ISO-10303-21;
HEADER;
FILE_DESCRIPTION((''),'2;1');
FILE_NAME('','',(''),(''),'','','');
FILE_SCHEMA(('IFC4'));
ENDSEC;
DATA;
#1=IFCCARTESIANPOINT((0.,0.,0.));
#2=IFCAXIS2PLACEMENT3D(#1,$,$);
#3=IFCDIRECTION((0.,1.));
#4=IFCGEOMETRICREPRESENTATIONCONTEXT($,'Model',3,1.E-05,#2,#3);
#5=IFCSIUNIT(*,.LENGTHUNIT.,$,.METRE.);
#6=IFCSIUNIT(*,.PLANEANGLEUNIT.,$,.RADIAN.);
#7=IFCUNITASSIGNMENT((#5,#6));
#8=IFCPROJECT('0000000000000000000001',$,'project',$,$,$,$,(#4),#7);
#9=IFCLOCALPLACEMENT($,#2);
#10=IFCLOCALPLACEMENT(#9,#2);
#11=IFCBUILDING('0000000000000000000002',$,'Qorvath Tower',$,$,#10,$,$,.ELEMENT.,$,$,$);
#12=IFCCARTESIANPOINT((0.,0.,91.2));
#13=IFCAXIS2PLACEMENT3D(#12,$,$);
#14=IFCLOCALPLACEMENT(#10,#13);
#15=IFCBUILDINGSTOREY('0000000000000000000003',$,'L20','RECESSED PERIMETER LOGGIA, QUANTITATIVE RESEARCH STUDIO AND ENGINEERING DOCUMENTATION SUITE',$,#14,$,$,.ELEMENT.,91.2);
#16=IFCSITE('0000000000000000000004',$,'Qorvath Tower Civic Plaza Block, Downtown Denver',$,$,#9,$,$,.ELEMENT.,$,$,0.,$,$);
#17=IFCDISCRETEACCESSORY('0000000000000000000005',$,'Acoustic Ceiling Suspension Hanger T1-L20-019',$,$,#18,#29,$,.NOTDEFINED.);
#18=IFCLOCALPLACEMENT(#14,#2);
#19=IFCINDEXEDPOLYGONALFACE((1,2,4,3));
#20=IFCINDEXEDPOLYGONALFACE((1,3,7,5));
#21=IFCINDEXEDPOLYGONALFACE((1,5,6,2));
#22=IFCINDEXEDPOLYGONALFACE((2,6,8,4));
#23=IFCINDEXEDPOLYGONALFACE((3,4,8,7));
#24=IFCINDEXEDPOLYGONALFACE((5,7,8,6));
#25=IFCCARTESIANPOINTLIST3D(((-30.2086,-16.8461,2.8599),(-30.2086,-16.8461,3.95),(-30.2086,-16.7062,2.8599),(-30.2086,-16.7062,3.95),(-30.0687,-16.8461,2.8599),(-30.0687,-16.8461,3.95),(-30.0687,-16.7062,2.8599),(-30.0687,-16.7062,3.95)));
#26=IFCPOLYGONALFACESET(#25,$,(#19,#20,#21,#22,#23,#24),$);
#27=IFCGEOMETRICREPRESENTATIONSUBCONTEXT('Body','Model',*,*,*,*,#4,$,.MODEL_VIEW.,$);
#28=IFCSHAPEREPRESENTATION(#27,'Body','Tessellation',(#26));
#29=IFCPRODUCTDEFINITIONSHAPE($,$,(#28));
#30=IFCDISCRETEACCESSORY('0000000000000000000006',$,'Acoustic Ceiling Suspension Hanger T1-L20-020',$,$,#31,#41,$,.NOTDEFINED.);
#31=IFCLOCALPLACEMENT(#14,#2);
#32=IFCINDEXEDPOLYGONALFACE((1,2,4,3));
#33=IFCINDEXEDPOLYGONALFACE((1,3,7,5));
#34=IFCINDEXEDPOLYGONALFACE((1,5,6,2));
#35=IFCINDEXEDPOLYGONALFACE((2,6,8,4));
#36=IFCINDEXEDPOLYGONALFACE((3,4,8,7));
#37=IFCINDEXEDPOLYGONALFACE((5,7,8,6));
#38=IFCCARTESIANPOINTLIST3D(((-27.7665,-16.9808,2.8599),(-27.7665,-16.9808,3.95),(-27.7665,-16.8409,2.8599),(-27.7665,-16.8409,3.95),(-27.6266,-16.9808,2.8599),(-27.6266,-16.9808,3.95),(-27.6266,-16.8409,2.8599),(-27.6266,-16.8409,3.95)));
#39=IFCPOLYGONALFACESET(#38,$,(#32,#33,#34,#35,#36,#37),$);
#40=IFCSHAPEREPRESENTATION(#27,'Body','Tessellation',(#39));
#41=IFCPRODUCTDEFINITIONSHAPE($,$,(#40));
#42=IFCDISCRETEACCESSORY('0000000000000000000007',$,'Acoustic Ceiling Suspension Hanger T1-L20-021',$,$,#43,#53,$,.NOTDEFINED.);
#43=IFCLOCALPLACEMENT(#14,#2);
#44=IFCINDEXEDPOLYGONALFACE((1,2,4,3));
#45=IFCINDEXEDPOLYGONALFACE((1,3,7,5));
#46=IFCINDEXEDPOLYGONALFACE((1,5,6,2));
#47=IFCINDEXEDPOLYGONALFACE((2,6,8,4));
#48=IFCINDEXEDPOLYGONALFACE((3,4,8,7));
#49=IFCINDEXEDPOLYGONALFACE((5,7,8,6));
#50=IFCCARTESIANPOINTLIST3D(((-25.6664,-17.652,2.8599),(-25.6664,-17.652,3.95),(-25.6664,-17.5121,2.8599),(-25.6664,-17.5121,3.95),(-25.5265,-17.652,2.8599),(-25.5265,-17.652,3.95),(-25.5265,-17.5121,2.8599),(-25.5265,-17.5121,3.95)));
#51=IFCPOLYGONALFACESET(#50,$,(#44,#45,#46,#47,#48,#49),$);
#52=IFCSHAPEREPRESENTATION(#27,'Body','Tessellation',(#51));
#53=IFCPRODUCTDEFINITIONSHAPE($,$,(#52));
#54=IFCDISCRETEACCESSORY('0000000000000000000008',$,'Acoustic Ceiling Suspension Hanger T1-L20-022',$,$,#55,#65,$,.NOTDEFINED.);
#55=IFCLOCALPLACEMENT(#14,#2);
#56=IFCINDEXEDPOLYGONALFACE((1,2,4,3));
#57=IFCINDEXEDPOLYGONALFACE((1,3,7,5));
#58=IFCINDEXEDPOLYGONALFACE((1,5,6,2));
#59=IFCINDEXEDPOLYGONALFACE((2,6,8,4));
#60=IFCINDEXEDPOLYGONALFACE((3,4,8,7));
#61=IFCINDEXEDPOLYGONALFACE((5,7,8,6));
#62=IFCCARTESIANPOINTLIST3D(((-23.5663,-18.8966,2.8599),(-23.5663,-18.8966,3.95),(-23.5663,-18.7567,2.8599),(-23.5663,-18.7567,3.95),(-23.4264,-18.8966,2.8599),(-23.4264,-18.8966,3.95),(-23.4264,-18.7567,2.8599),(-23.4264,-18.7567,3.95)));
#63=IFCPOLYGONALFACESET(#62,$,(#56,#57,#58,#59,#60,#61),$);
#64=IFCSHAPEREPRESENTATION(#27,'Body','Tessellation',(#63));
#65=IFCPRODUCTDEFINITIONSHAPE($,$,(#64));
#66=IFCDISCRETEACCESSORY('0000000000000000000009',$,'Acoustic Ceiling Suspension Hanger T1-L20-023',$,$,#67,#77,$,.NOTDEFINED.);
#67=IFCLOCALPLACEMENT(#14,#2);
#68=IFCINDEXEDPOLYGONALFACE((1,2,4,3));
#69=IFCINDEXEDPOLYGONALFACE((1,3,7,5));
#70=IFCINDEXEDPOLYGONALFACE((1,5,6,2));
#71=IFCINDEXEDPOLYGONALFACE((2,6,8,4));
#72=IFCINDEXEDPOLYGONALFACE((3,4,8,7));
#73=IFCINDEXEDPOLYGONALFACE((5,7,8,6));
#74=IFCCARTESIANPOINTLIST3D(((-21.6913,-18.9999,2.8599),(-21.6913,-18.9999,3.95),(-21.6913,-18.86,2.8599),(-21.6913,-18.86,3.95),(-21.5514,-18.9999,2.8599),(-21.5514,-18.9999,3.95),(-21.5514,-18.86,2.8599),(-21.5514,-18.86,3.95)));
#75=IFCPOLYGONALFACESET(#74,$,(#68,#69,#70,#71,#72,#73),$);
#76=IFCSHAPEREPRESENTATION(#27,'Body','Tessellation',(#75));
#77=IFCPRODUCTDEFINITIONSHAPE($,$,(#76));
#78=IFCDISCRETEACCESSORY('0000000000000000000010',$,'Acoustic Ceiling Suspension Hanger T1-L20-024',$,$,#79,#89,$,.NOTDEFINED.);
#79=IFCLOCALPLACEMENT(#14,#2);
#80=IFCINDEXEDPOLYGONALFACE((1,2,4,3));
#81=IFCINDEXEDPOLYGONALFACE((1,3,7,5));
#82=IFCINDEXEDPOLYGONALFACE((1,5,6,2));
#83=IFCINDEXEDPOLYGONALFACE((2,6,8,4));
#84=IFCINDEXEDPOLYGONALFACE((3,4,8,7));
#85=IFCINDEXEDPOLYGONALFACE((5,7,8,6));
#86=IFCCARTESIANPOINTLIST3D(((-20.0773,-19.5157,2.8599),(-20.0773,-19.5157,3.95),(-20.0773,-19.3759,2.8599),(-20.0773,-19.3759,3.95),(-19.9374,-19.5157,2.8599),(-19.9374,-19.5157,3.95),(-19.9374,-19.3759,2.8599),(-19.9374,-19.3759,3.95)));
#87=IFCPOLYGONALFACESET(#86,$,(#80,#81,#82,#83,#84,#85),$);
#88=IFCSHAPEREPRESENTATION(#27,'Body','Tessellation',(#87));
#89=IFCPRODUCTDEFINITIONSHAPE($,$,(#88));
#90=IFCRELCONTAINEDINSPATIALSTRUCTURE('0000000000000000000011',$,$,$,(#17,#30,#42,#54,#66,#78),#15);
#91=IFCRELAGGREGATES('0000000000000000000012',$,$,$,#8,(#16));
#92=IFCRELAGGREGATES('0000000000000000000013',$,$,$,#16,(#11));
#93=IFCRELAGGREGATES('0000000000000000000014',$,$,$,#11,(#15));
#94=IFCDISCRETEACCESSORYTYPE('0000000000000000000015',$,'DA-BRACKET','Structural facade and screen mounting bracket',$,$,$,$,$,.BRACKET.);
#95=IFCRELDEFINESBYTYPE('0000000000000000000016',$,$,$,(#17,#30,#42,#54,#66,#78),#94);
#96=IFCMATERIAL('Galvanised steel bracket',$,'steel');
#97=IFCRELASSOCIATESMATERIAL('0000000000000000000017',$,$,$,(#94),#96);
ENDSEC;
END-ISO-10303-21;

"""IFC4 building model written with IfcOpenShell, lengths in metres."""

from ifc_helpers import new_model, si_unit, direction, frame, origin, origin_2d, place, context, subcontext, project, spatial, rectangle, extrude, material, type_object, element, save


model = new_model("IFC4")

# Units and contexts
model_context = context("Model", 3, precision=1e-05, world=origin(), true_north=direction((0.0, 1.0)))
body_context = subcontext(model_context, "Body", "Model", "MODEL_VIEW")
ifc_project = project(units=[si_unit("LENGTHUNIT", "METRE"), si_unit("PLANEANGLEUNIT", "RADIAN")], contexts=[model_context])

# Site, building, storey
site_placement = place(None, origin())
site = spatial("IfcSite", under=ifc_project, at=site_placement, Name="Qorvath Tower Civic Plaza Block, Downtown Denver", CompositionType="ELEMENT", RefElevation=0.0)
building_placement = place(site_placement, origin())
building = spatial("IfcBuilding", under=site, at=building_placement, Name="Qorvath Tower", CompositionType="ELEMENT")
storey_placement = place(building_placement, frame((0.0, 0.0, 91.2)))
storey = spatial("IfcBuildingStorey", under=building, at=storey_placement, Name="L20", Description="RECESSED PERIMETER LOGGIA, QUANTITATIVE RESEARCH STUDIO AND ENGINEERING DOCUMENTATION SUITE", CompositionType="ELEMENT", Elevation=91.2)

# Discrete accessories
ifc_material_1 = material(Name="Galvanised steel bracket", Category="steel")
discrete_accessory_type = type_object("IfcDiscreteAccessoryType", Name="DA-BRACKET", Description="Structural facade and screen mounting bracket", PredefinedType="BRACKET", material=ifc_material_1)
for number, where, z_axis, x_axis, name in (
    (1, (-30.1387, -16.7761, 2.8599), (0.0, 0.0, 1.0), (1.0, 0.0, 0.0), "Acoustic Ceiling Suspension Hanger T1-L20-019"),
    (2, (-27.6965, -16.9109, 2.8599), (0.0, 0.0, 1.0), (1.0, 0.0, 0.0), "Acoustic Ceiling Suspension Hanger T1-L20-020"),
    (3, (-25.5964, -17.582, 2.8599), (0.0, 0.0, 1.0), (1.0, 0.0, 0.0), "Acoustic Ceiling Suspension Hanger T1-L20-021"),
    (4, (-23.4963, -18.8267, 2.8599), (0.0, 0.0, 1.0), (1.0, 0.0, 0.0), "Acoustic Ceiling Suspension Hanger T1-L20-022"),
    (5, (-21.6213, -18.9299, 2.8599), (0.0, 0.0, 1.0), (1.0, 0.0, 0.0), "Acoustic Ceiling Suspension Hanger T1-L20-023"),
    (6, (-20.0073, -19.4458, 2.8599), (0.0, 0.0, 1.0), (1.0, 0.0, 0.0), "Acoustic Ceiling Suspension Hanger T1-L20-024"),
):
    element("IfcDiscreteAccessory", number, at=place(storey_placement, frame(where, z_axis=z_axis, x_axis=x_axis)), inside=storey, type_object=discrete_accessory_type, Name=name, PredefinedType="NOTDEFINED", context=body_context, shape_type="SweptSolid", body=[
        extrude(rectangle(XDim=0.1399, YDim=0.1399, at=origin_2d()), origin(), (0.0, 0.0, 1.0), 1.0901),
    ])

save(model, "model.ifc")
